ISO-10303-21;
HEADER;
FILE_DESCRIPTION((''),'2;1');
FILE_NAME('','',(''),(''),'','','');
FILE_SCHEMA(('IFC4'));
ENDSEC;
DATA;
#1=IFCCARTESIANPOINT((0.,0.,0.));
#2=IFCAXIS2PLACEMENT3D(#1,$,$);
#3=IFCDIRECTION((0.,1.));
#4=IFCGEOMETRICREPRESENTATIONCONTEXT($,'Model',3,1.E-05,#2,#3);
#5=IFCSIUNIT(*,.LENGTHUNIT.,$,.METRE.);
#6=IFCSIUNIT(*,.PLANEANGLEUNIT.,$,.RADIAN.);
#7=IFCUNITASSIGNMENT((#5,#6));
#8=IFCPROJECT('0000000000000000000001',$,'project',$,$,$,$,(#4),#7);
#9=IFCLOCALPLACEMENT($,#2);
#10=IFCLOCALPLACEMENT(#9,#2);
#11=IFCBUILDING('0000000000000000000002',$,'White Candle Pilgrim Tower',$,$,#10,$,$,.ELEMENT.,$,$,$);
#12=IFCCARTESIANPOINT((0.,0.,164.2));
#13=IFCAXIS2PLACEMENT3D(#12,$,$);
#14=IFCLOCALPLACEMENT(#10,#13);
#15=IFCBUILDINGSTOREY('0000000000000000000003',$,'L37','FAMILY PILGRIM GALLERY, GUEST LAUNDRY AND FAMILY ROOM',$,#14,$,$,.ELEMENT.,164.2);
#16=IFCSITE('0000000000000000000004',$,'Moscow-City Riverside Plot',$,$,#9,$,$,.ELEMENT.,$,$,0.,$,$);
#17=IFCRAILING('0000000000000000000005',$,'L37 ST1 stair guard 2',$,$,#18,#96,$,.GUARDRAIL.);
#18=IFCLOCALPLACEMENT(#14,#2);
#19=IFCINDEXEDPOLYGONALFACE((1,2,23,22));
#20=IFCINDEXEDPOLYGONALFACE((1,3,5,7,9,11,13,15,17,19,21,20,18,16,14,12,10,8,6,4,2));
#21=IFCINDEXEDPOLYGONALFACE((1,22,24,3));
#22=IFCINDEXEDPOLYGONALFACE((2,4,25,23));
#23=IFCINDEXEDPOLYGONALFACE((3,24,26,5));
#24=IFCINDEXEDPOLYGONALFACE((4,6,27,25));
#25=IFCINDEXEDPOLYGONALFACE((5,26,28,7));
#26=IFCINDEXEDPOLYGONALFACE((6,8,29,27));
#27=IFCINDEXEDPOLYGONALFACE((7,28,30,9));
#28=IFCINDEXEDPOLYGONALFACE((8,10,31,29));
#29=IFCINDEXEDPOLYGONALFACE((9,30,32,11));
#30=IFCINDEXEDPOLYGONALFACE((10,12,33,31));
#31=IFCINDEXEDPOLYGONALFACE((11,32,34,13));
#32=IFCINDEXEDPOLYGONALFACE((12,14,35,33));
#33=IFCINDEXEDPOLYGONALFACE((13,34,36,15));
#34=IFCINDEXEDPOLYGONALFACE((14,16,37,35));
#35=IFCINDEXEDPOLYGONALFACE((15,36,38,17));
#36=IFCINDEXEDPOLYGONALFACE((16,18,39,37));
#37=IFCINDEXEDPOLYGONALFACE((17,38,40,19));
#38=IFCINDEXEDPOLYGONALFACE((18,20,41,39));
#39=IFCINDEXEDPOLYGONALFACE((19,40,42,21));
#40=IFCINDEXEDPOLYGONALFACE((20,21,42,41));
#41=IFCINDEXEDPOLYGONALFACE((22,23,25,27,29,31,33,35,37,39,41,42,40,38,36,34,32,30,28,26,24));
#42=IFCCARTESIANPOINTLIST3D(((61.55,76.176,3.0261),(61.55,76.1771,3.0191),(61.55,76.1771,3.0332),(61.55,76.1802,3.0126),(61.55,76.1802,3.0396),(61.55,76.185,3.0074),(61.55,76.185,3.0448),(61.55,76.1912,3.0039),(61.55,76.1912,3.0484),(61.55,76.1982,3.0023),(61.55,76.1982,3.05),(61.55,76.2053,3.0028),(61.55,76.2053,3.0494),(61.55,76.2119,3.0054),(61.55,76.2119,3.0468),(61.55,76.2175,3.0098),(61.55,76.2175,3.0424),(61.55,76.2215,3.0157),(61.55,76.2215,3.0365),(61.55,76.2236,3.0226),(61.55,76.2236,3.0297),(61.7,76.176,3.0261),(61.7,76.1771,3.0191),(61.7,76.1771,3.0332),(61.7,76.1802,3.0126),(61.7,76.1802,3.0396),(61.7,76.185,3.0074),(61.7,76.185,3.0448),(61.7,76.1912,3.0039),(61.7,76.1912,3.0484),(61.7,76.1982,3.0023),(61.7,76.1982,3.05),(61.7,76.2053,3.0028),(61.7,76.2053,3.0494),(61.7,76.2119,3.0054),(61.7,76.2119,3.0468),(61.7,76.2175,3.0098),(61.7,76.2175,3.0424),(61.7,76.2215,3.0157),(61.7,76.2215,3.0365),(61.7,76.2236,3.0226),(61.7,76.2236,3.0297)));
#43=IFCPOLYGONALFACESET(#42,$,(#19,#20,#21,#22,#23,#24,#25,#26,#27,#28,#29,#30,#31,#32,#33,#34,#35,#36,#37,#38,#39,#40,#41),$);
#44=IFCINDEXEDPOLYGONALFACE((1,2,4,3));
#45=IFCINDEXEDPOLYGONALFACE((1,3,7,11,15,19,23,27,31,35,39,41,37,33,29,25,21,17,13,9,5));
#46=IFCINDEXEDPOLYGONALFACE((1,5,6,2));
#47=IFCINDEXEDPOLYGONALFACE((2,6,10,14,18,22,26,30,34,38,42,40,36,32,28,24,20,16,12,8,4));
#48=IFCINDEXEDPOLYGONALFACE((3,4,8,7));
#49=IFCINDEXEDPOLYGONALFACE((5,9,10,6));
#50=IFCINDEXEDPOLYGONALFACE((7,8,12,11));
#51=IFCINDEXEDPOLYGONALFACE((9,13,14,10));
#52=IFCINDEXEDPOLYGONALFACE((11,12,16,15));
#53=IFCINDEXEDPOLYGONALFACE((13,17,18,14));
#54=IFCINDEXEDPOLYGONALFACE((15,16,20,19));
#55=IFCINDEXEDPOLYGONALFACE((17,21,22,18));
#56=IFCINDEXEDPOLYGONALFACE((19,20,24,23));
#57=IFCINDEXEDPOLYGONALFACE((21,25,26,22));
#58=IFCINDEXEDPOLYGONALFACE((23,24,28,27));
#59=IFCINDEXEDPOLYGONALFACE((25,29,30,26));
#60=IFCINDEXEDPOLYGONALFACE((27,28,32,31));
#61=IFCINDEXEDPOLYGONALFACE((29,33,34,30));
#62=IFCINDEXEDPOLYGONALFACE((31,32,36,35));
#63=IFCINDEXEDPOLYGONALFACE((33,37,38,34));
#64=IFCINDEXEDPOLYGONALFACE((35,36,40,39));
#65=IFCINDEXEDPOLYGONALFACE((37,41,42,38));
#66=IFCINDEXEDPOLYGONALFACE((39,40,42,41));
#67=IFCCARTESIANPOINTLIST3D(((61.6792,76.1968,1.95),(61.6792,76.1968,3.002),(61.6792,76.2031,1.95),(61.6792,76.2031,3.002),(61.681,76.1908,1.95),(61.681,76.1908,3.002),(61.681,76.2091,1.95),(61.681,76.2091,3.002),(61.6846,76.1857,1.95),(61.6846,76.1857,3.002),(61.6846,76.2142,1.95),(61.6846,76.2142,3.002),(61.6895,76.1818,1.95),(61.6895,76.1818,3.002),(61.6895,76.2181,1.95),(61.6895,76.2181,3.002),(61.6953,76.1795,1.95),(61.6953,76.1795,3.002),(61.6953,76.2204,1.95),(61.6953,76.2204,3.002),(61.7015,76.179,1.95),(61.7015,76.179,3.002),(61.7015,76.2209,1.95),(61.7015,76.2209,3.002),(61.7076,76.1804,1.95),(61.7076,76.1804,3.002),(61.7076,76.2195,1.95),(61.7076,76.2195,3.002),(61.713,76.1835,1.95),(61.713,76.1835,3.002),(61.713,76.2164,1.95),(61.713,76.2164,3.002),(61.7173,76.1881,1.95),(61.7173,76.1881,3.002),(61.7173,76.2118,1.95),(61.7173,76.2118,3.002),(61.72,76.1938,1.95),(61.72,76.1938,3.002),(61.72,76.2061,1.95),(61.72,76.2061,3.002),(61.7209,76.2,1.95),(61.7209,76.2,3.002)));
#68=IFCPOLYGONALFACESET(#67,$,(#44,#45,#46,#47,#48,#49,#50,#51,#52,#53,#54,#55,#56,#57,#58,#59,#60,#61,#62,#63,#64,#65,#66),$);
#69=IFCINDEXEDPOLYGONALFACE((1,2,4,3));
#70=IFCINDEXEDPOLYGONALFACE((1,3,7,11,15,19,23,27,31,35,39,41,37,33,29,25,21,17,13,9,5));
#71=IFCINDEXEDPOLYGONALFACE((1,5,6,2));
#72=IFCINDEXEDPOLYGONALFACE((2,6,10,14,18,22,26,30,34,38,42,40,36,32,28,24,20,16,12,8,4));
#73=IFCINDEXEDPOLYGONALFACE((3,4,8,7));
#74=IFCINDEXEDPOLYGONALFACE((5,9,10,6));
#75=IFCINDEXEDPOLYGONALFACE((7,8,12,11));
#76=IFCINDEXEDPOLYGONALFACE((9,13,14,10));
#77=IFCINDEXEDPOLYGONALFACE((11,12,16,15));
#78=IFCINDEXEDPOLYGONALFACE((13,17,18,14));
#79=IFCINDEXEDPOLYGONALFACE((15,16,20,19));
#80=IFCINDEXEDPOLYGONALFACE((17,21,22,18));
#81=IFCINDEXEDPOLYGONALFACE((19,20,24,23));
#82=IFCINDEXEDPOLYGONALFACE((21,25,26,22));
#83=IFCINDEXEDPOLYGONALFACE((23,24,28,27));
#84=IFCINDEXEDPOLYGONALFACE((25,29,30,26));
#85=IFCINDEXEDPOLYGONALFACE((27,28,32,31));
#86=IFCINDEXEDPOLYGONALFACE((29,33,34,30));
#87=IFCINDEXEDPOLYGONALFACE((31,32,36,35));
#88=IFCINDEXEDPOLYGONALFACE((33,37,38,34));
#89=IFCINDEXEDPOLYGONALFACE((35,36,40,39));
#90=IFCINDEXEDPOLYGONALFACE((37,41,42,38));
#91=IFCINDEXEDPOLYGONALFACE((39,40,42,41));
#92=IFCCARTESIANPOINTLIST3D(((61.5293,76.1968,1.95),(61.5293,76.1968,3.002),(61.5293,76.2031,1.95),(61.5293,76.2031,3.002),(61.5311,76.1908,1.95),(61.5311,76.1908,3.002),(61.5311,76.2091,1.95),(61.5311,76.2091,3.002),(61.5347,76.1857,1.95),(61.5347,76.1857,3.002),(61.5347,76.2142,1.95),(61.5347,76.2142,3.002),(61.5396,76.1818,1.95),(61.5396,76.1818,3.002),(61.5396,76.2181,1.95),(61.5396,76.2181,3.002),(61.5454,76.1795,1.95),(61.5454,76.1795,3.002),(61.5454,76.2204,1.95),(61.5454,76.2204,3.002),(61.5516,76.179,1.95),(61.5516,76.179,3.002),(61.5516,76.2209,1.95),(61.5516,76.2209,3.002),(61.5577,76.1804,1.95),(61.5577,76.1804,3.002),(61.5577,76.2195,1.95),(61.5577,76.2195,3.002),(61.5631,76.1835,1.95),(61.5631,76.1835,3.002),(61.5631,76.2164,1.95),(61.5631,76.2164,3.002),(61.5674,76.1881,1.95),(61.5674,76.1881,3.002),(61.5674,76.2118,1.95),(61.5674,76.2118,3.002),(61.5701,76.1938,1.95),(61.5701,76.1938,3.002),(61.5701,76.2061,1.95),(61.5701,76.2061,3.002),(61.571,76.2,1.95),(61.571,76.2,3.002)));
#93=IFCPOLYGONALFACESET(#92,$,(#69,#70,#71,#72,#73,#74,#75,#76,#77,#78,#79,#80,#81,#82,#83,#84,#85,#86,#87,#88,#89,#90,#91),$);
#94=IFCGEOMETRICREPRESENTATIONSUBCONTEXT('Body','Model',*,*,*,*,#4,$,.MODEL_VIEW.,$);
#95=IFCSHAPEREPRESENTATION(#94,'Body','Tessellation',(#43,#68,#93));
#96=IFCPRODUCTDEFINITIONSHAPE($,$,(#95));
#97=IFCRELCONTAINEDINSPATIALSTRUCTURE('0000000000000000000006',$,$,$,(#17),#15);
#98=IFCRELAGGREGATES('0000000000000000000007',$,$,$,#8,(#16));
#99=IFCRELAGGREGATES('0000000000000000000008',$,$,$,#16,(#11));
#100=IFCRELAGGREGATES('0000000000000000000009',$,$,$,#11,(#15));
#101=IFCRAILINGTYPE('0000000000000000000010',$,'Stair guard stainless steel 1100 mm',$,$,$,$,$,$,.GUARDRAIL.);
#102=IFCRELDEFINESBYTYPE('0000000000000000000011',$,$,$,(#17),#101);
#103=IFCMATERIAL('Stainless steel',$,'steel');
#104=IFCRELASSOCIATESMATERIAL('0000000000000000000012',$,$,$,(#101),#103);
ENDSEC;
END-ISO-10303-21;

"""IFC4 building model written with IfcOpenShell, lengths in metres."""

from ifc_helpers import new_model, si_unit, direction, frame, origin, origin_2d, place, context, subcontext, project, spatial, circle, extrude, material, type_object, element, save


model = new_model("IFC4")

# Units and contexts
model_context = context("Model", 3, precision=1e-05, world=origin(), true_north=direction((0.0, 1.0)))
body_context = subcontext(model_context, "Body", "Model", "MODEL_VIEW")
ifc_project = project(units=[si_unit("LENGTHUNIT", "METRE"), si_unit("PLANEANGLEUNIT", "RADIAN")], contexts=[model_context])

# Site, building, storey
site_placement = place(None, origin())
site = spatial("IfcSite", under=ifc_project, at=site_placement, Name="Moscow-City Riverside Plot", CompositionType="ELEMENT", RefElevation=0.0)
building_placement = place(site_placement, origin())
building = spatial("IfcBuilding", under=site, at=building_placement, Name="White Candle Pilgrim Tower", CompositionType="ELEMENT")
storey_placement = place(building_placement, frame((0.0, 0.0, 164.2)))
storey = spatial("IfcBuildingStorey", under=building, at=storey_placement, Name="L37", Description="FAMILY PILGRIM GALLERY, GUEST LAUNDRY AND FAMILY ROOM", CompositionType="ELEMENT", Elevation=164.2)

# Shared definitions
ifc_material_1 = material(Name="Stainless steel", Category="steel")

# Railing
railing_type_1 = type_object("IfcRailingType", Name="Stair guard stainless steel 1100 mm", PredefinedType="GUARDRAIL", material=ifc_material_1)
railing_1_placement = place(storey_placement, frame((61.7, 76.2, 1.95)))
element("IfcRailing", 1, at=railing_1_placement, inside=storey, type_object=railing_type_1, Name="L37 ST1 stair guard 2", PredefinedType="GUARDRAIL", context=body_context, shape_type="SweptSolid", body=[
    extrude(circle(Radius=0.0239, at=origin_2d()), frame((0.0, 0.0, 1.0762), z_axis=(-1.0, 0.0, 0.0), x_axis=(0.0, -1.0, 0.0)), (0.0, 0.0, 1.0), 0.1499),
    extrude(circle(Radius=0.021, at=origin_2d()), origin(), (0.0, 0.0, 1.0), 1.052),
    extrude(circle(Radius=0.021, at=origin_2d()), frame((-0.1499, 0.0, 0.0)), (0.0, 0.0, 1.0), 1.052),
])

save(model, "model.ifc")
